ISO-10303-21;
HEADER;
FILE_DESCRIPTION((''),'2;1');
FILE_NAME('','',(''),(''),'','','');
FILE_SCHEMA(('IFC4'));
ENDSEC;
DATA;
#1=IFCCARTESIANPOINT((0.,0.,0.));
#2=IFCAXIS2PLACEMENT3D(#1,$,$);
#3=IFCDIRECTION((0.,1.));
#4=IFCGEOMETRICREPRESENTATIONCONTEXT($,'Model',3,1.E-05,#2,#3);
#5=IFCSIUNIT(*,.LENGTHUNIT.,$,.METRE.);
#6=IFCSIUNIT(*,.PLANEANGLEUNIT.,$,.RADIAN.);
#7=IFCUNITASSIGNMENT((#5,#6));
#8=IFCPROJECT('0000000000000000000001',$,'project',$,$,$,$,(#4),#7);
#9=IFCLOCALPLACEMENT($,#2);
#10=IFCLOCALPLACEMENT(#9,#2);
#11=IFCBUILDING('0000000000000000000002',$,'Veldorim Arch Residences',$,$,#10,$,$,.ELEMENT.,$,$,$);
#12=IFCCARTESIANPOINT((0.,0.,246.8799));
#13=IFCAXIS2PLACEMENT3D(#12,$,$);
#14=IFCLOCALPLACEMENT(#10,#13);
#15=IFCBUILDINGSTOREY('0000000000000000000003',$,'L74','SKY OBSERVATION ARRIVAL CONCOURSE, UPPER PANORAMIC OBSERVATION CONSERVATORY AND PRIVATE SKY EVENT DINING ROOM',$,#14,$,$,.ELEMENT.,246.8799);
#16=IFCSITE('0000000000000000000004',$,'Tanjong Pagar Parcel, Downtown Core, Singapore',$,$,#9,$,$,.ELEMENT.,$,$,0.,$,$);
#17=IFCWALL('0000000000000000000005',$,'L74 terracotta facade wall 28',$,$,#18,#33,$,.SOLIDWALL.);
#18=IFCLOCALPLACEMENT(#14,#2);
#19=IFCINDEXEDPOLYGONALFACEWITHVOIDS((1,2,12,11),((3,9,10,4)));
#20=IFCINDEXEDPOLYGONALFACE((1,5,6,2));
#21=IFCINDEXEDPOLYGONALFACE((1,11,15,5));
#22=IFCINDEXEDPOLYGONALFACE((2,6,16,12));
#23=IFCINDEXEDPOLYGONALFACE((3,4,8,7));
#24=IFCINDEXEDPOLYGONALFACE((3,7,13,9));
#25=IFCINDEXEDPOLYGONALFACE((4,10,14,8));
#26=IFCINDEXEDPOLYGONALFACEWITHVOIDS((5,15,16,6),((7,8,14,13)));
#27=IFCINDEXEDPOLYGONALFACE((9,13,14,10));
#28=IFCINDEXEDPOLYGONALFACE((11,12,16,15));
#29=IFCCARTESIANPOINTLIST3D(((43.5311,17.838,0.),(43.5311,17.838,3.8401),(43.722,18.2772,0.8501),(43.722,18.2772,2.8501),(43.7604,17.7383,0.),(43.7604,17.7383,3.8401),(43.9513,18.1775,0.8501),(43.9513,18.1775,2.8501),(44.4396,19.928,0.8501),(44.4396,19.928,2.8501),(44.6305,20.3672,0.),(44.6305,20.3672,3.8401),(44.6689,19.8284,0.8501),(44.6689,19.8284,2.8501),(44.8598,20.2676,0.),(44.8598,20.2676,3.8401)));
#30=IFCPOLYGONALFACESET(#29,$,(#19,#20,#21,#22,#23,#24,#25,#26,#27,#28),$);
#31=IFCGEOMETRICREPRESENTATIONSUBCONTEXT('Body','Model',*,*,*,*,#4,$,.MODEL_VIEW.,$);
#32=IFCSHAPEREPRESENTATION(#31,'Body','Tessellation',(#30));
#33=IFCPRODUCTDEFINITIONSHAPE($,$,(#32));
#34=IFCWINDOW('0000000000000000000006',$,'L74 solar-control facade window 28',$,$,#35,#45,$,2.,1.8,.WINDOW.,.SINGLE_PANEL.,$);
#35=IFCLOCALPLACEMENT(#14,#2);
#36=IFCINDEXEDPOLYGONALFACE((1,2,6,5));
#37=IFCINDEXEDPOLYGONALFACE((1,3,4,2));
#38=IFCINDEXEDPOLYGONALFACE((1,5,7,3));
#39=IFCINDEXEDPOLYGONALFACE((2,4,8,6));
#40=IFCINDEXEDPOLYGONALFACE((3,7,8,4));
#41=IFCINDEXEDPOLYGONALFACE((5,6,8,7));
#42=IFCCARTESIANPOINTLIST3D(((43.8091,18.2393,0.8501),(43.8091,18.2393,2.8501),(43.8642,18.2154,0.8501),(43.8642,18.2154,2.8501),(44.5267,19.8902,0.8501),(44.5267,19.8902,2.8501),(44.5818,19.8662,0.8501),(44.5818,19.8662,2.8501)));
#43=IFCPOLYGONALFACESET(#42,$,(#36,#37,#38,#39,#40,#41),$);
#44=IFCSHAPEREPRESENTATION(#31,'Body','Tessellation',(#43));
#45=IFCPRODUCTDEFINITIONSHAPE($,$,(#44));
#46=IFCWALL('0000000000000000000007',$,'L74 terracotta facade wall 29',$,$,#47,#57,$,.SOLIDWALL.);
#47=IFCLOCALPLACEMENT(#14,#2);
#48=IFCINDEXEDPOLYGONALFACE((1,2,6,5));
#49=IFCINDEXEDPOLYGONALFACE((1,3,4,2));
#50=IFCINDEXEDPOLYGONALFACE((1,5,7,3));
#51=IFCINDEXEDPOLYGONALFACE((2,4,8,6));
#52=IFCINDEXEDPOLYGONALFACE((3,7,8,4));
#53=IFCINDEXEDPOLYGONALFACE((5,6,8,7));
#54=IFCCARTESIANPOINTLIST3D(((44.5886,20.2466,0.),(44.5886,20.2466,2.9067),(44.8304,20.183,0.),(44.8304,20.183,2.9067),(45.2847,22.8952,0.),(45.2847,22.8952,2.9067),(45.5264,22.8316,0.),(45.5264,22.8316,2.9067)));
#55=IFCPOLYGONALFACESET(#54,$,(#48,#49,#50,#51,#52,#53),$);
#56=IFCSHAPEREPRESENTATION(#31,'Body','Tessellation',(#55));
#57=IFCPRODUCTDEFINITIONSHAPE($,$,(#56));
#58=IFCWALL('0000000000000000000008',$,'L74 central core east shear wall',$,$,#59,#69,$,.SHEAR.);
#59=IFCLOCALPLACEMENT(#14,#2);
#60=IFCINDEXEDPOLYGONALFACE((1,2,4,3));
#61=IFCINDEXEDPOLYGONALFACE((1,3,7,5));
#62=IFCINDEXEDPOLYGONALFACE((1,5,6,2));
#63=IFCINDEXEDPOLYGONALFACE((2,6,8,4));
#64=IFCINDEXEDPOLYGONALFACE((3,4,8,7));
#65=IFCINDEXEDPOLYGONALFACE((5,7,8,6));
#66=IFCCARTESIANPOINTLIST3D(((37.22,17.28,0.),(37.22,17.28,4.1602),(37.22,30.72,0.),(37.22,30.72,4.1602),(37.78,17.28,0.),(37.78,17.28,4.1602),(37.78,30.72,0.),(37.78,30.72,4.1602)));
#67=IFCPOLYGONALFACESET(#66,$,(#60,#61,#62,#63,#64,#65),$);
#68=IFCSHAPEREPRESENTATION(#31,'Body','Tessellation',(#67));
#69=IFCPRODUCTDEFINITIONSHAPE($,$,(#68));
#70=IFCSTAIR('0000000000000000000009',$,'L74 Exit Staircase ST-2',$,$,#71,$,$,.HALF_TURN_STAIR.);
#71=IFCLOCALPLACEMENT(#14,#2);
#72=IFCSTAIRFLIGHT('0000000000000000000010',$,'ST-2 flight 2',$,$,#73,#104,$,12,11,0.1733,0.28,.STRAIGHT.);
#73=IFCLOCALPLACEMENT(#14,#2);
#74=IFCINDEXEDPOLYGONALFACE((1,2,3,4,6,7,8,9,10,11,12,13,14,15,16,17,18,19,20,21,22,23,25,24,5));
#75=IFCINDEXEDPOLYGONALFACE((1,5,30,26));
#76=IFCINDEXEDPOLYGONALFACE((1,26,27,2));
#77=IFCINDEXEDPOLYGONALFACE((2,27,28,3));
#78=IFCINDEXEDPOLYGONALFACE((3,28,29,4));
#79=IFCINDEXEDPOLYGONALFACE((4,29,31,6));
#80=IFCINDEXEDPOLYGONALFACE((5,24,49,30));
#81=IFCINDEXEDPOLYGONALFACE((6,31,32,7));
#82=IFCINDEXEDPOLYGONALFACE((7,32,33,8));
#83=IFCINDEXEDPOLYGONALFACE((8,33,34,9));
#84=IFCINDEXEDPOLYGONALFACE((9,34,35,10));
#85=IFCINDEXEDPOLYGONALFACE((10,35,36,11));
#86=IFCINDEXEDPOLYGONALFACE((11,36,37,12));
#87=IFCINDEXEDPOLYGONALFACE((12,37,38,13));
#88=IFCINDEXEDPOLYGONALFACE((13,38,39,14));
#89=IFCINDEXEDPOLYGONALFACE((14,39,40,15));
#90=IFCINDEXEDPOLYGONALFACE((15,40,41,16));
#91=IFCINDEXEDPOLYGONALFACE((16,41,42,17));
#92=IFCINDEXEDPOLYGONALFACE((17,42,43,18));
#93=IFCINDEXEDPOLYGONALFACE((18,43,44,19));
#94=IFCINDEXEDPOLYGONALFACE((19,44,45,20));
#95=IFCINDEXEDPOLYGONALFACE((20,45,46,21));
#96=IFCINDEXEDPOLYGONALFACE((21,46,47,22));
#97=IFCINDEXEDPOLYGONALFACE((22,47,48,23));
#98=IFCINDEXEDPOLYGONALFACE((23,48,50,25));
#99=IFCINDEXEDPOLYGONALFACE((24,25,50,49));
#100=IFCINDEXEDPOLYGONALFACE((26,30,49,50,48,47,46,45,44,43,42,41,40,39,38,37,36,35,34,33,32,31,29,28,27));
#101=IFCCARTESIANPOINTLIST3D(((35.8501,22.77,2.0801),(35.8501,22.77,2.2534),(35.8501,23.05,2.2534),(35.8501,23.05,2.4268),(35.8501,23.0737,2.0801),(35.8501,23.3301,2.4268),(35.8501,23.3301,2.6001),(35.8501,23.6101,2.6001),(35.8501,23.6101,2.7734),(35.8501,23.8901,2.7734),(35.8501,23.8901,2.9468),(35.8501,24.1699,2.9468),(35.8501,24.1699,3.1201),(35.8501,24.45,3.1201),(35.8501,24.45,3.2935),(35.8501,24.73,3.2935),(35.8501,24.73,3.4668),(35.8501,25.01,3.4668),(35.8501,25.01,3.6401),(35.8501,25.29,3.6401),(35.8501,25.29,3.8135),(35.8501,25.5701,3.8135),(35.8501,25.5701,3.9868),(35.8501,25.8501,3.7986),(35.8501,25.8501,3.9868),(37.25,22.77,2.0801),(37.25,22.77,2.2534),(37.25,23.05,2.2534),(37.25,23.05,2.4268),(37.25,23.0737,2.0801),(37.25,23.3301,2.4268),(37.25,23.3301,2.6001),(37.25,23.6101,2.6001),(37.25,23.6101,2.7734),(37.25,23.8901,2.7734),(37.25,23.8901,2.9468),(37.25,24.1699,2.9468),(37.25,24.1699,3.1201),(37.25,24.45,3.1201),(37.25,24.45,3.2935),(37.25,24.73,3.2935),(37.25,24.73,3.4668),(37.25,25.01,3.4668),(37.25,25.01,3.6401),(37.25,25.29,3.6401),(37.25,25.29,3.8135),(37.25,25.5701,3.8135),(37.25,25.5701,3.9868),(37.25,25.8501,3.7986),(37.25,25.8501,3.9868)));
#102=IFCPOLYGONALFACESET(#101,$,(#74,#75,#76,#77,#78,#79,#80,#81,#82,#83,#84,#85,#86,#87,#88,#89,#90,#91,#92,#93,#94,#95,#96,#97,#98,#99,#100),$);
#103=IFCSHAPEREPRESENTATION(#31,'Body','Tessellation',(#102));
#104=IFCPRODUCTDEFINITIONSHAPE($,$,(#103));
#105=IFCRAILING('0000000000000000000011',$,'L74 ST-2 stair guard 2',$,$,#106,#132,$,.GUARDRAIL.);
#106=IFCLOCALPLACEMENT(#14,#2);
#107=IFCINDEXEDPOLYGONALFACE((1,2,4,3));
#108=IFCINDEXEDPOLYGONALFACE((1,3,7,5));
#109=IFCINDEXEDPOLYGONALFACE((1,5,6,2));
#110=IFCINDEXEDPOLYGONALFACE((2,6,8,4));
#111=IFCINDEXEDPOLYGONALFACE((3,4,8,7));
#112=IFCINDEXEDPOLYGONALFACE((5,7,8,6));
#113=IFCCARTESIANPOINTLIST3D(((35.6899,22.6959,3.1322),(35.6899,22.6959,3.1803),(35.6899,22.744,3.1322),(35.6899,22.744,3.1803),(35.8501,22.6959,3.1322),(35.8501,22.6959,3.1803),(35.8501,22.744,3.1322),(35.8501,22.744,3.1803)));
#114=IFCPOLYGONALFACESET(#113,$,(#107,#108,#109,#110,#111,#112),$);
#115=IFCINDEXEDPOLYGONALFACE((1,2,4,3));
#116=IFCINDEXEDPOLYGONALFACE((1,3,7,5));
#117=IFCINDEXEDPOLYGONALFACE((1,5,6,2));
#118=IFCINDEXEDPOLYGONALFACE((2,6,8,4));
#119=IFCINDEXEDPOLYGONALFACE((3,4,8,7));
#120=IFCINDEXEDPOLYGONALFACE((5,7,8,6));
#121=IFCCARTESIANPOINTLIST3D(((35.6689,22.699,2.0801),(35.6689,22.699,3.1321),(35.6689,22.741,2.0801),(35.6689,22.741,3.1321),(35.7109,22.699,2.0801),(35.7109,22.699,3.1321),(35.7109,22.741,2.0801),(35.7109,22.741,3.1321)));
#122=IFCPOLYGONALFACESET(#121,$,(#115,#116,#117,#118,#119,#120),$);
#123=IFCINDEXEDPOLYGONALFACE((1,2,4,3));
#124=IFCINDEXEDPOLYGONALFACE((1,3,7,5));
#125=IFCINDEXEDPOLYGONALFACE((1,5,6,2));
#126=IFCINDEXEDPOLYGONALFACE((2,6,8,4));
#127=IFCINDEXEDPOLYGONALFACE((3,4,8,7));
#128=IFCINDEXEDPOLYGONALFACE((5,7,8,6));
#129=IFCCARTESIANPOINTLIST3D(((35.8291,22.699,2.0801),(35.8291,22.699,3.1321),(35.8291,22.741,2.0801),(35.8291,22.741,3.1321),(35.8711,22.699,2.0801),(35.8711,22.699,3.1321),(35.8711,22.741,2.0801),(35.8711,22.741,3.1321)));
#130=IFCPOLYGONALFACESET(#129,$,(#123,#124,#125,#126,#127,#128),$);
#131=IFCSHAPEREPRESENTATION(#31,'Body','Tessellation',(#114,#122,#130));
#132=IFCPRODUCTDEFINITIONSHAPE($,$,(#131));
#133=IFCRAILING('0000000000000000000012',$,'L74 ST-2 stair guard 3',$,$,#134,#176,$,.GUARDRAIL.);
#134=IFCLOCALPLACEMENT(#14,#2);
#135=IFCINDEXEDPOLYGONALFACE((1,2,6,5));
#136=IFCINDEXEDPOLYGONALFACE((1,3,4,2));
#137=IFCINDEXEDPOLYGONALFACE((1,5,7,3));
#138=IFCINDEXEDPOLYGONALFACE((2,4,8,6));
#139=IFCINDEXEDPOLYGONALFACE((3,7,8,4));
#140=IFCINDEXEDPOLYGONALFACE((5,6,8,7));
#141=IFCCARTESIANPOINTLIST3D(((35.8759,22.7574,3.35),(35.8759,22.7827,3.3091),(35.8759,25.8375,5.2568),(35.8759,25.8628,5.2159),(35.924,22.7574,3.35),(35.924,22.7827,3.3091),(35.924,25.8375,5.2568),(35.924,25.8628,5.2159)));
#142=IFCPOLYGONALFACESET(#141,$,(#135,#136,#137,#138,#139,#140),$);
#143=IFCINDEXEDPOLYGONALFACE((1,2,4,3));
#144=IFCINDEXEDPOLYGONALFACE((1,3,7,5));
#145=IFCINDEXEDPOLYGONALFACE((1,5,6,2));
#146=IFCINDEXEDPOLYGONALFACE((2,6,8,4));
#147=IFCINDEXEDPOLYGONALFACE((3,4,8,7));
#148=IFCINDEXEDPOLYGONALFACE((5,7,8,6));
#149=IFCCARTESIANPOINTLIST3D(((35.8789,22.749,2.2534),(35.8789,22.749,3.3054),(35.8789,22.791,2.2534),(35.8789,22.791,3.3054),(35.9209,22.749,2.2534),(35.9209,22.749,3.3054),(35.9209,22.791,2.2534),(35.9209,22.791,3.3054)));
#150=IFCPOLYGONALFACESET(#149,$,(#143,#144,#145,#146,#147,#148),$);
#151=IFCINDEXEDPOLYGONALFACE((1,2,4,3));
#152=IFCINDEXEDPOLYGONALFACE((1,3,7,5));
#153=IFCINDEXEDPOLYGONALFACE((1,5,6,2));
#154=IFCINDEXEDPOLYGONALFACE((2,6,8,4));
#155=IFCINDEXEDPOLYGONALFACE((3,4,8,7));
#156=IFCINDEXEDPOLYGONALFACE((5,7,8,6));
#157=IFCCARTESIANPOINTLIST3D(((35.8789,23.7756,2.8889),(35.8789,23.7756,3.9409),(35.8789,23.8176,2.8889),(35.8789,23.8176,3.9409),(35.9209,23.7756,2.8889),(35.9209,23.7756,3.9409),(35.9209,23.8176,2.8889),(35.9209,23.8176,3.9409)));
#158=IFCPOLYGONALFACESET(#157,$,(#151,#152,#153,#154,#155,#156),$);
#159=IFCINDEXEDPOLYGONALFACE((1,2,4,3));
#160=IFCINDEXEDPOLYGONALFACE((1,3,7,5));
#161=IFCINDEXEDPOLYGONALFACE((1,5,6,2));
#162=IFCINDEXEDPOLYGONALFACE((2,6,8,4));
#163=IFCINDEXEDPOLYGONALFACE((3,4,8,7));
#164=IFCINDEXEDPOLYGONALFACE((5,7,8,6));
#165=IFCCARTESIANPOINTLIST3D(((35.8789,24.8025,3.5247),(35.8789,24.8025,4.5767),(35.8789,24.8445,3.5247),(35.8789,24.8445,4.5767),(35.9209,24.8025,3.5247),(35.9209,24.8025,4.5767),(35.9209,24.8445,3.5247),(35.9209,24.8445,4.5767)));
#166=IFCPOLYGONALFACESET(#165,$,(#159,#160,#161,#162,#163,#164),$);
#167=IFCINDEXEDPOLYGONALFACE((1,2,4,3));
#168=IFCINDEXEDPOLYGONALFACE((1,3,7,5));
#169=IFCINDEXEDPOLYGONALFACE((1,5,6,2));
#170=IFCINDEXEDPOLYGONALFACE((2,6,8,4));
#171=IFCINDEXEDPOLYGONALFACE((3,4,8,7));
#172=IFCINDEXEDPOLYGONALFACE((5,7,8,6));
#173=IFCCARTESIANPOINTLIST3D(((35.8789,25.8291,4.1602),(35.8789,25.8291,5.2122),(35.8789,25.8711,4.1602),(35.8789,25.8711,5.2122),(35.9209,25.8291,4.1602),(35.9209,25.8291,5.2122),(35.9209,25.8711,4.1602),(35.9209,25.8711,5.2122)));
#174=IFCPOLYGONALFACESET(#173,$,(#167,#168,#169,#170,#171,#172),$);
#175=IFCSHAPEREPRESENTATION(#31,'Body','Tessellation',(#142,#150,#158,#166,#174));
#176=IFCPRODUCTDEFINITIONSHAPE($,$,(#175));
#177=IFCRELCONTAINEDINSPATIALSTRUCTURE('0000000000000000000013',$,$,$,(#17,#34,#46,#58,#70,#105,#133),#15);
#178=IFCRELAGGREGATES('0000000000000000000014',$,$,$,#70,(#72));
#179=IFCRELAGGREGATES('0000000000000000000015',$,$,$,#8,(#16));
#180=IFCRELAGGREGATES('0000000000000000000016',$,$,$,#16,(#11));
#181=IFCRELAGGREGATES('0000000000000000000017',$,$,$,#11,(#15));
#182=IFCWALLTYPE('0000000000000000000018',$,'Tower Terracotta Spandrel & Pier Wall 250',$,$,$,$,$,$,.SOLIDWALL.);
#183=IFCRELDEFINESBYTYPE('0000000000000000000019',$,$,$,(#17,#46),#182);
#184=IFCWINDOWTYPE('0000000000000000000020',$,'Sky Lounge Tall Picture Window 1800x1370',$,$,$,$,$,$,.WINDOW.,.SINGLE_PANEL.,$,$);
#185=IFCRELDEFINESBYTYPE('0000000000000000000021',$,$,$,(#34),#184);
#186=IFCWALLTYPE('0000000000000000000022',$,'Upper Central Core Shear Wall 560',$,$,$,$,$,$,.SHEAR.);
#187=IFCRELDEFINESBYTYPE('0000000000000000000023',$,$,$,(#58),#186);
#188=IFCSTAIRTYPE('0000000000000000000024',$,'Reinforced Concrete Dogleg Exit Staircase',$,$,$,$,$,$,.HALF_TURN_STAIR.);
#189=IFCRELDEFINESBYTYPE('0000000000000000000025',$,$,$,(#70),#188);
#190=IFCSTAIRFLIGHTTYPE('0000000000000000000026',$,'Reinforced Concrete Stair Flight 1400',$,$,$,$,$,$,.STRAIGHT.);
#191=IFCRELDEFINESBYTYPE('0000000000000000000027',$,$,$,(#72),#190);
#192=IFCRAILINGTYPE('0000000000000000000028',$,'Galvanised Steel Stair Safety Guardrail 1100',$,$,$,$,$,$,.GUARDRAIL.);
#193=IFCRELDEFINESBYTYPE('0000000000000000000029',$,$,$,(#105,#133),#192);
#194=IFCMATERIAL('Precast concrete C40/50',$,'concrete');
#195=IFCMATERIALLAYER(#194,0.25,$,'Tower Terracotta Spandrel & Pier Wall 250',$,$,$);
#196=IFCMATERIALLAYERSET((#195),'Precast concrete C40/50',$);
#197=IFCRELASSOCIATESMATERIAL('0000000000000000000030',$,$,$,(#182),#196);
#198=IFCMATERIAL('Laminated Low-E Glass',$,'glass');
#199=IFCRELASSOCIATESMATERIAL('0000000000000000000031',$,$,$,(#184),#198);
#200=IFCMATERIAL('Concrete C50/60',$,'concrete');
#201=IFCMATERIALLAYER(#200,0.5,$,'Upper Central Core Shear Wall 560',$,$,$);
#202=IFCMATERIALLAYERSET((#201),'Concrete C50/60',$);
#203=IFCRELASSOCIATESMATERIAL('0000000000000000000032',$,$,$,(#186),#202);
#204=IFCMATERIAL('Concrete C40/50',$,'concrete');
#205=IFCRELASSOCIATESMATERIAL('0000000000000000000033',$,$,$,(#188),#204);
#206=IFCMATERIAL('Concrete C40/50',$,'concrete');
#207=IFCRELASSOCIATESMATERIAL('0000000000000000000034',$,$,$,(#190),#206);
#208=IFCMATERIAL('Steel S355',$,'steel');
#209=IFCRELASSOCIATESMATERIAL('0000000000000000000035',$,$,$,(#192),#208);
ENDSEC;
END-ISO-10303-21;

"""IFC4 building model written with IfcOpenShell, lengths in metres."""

from ifc_helpers import new_model, si_unit, direction, frame, frame_2d, origin, origin_2d, place, context, subcontext, project, spatial, polyline, rectangle, outline, extrude, material, layer, layer_set, type_object, element, fill, aggregate, save


model = new_model("IFC4")

# Units and contexts
model_context = context("Model", 3, precision=1e-05, world=origin(), true_north=direction((0.0, 1.0)))
body_context = subcontext(model_context, "Body", "Model", "MODEL_VIEW")
ifc_project = project(units=[si_unit("LENGTHUNIT", "METRE"), si_unit("PLANEANGLEUNIT", "RADIAN")], contexts=[model_context])

# Site, building, storey
site_placement = place(None, origin())
site = spatial("IfcSite", under=ifc_project, at=site_placement, Name="Tanjong Pagar Parcel, Downtown Core, Singapore", CompositionType="ELEMENT", RefElevation=0.0)
building_placement = place(site_placement, origin())
building = spatial("IfcBuilding", under=site, at=building_placement, Name="Veldorim Arch Residences", CompositionType="ELEMENT")
storey_placement = place(building_placement, frame((0.0, 0.0, 246.8799)))
storey = spatial("IfcBuildingStorey", under=building, at=storey_placement, Name="L74", Description="SKY OBSERVATION ARRIVAL CONCOURSE, UPPER PANORAMIC OBSERVATION CONSERVATORY AND PRIVATE SKY EVENT DINING ROOM", CompositionType="ELEMENT", Elevation=246.8799)

# Wall, opening, window
ifc_material_1 = material(Name="Precast concrete C40/50", Category="concrete")
ifc_layer_1 = layer(ifc_material_1, 0.25, Name="Tower Terracotta Spandrel & Pier Wall 250")
ifc_layer_set_1 = layer_set([ifc_layer_1], Name="Precast concrete C40/50")
wall_type_1 = type_object("IfcWallType", Name="Tower Terracotta Spandrel & Pier Wall 250", PredefinedType="SOLIDWALL", material=ifc_layer_set_1)
wall_1_placement = place(storey_placement, frame((44.7451, 20.3174, 0.0), z_axis=(0.0, 0.0, 1.0), x_axis=(-0.398626, -0.917114, 0.0)))
wall_1 = element("IfcWall", 1, at=wall_1_placement, inside=storey, type_object=wall_type_1, Name="L74 terracotta facade wall 28", PredefinedType="SOLIDWALL", context=body_context, shape_type="SweptSolid", body=[
    extrude(rectangle(XDim=2.7578, YDim=0.25, at=frame_2d((1.3789, 0.0))), origin(), (0.0, 0.0, 1.0), 3.8401),
])
opening_1_placement = place(wall_1_placement, frame((0.479, 0.0, 0.8501)))
opening_1 = element("IfcOpeningElement", 2, at=opening_1_placement, cuts=wall_1, PredefinedType="OPENING", context=body_context, shape_type="SweptSolid", body=[
    extrude(rectangle(XDim=1.8, YDim=2.0, at=frame_2d((0.8999, 1.0))), frame((0.0, 0.135, 0.0), z_axis=(0.0, -1.0, 0.0), x_axis=(1.0, 0.0, 0.0)), (0.0, 0.0, 1.0), 0.27),
])
ifc_material_2 = material(Name="Laminated Low-E Glass", Category="glass")
window_type_1 = type_object("IfcWindowType", Name="Sky Lounge Tall Picture Window 1800x1370", PartitioningType="SINGLE_PANEL", PredefinedType="WINDOW", material=ifc_material_2)
window_1_placement = place(opening_1_placement, origin())
window_1 = element("IfcWindow", 3, at=window_1_placement, inside=storey, type_object=window_type_1, Name="L74 solar-control facade window 28", OverallHeight=2.0, OverallWidth=1.8, PartitioningType="SINGLE_PANEL", PredefinedType="WINDOW", context=body_context, shape_type="SweptSolid", body=[
    extrude(rectangle(XDim=1.8, YDim=2.0, at=frame_2d((0.8999, 1.0))), frame((0.0, 0.03, 0.0), z_axis=(0.0, -1.0, 0.0), x_axis=(1.0, 0.0, 0.0)), (0.0, 0.0, 1.0), 0.0601),
])
fill(opening_1, window_1)

# Walls
wall_2_placement = place(storey_placement, frame((45.4055, 22.8633, 0.0), z_axis=(0.0, 0.0, 1.0), x_axis=(-0.25416, -0.967162, 0.0)))
element("IfcWall", 4, at=wall_2_placement, inside=storey, type_object=wall_type_1, Name="L74 terracotta facade wall 29", PredefinedType="SOLIDWALL", context=body_context, shape_type="SweptSolid", body=[
    extrude(rectangle(XDim=2.7385, YDim=0.25, at=frame_2d((1.3691, 0.0))), origin(), (0.0, 0.0, 1.0), 2.9067),
])
ifc_material_3 = material(Name="Concrete C50/60", Category="concrete")
ifc_layer_2 = layer(ifc_material_3, 0.5, Name="Upper Central Core Shear Wall 560")
ifc_layer_set_2 = layer_set([ifc_layer_2], Name="Concrete C50/60")
wall_type_2 = type_object("IfcWallType", Name="Upper Central Core Shear Wall 560", PredefinedType="SHEAR", material=ifc_layer_set_2)
wall_3_placement = place(storey_placement, frame((37.5, 17.28, 0.0), z_axis=(0.0, 0.0, 1.0), x_axis=(0.0, 1.0, 0.0)))
element("IfcWall", 5, at=wall_3_placement, inside=storey, type_object=wall_type_2, Name="L74 central core east shear wall", PredefinedType="SHEAR", context=body_context, shape_type="SweptSolid", body=[
    extrude(rectangle(XDim=13.4399, YDim=0.5601, at=frame_2d((6.72, 0.0))), origin(), (0.0, 0.0, 1.0), 4.1602),
])

# Stair, stair flight
ifc_material_4 = material(Name="Concrete C40/50", Category="concrete")
stair_type = type_object("IfcStairType", Name="Reinforced Concrete Dogleg Exit Staircase", PredefinedType="HALF_TURN_STAIR", material=ifc_material_4)
stair_placement = place(storey_placement, origin())
stair = element("IfcStair", 6, at=stair_placement, inside=storey, type_object=stair_type, Name="L74 Exit Staircase ST-2", PredefinedType="HALF_TURN_STAIR")
ifc_material_5 = material(Name="Concrete C40/50", Category="concrete")
stair_flight_type = type_object("IfcStairFlightType", Name="Reinforced Concrete Stair Flight 1400", PredefinedType="STRAIGHT", material=ifc_material_5)
stair_flight_placement = place(storey_placement, frame((36.55, 22.77, 2.0801), z_axis=(0.0, 0.0, 1.0), x_axis=(0.0, 1.0, 0.0)))
stair_flight = element("IfcStairFlight", 7, at=stair_flight_placement, type_object=stair_flight_type, Name="ST-2 flight 2", NumberOfRisers=12, NumberOfTreads=11, PredefinedType="STRAIGHT", RiserHeight=0.1733, TreadLength=0.28, context=body_context, shape_type="SweptSolid", body=[
    extrude(outline(polyline([(0.0, 0.0), (0.0, 0.1733), (0.28, 0.1733), (0.28, 0.3467), (0.5601, 0.3467), (0.5601, 0.52), (0.8401, 0.52), (0.8401, 0.6934), (1.1201, 0.6934), (1.1201, 0.8667), (1.3999, 0.8667), (1.3999, 1.04), (1.6799, 1.04), (1.6799, 1.2134), (1.96, 1.2134), (1.96, 1.3867), (2.24, 1.3867), (2.24, 1.5601), (2.52, 1.5601), (2.52, 1.7334), (2.8, 1.7334), (2.8, 1.9067), (3.0801, 1.9067), (3.0801, 2.0801), (3.0801, 1.7185), (0.3037, 0.0), (0.0, 0.0)])), frame((0.0, 0.7, 0.0), z_axis=(0.0, -1.0, 0.0), x_axis=(1.0, 0.0, 0.0)), (0.0, 0.0, 1.0), 1.3999),
])
aggregate(stair, [stair_flight])

# Railings
ifc_material_6 = material(Name="Steel S355", Category="steel")
railing_type_1 = type_object("IfcRailingType", Name="Galvanised Steel Stair Safety Guardrail 1100", PredefinedType="GUARDRAIL", material=ifc_material_6)
railing_1_placement = place(storey_placement, frame((35.6899, 22.72, 2.0801)))
element("IfcRailing", 8, at=railing_1_placement, inside=storey, type_object=railing_type_1, Name="L74 ST-2 stair guard 2", PredefinedType="GUARDRAIL", context=body_context, shape_type="SweptSolid", body=[
    extrude(rectangle(XDim=0.0481, YDim=0.0481, at=origin_2d()), frame((0.0, 0.0, 1.0762), z_axis=(1.0, 0.0, 0.0), x_axis=(0.0, 1.0, 0.0)), (0.0, 0.0, 1.0), 0.1602),
    extrude(rectangle(XDim=0.042, YDim=0.042, at=origin_2d()), origin(), (0.0, 0.0, 1.0), 1.052),
    extrude(rectangle(XDim=0.042, YDim=0.042, at=origin_2d()), frame((0.1602, 0.0, 0.0)), (0.0, 0.0, 1.0), 1.052),
])
railing_2_placement = place(storey_placement, frame((35.8999, 22.77, 2.2534)))
element("IfcRailing", 9, at=railing_2_placement, inside=storey, type_object=railing_type_1, Name="L74 ST-2 stair guard 3", PredefinedType="GUARDRAIL", context=body_context, shape_type="SweptSolid", body=[
    extrude(rectangle(XDim=0.0481, YDim=0.0481, at=origin_2d()), frame((0.0, 0.0, 1.0762), z_axis=(0.0, 0.850262, 0.526359), x_axis=(-1.0, 0.0, 0.0)), (0.0, 0.0, 1.0), 3.6226),
    extrude(rectangle(XDim=0.042, YDim=0.042, at=origin_2d()), origin(), (0.0, 0.0, 1.0), 1.052),
    extrude(rectangle(XDim=0.042, YDim=0.042, at=origin_2d()), frame((0.0, 1.0266, 0.6355)), (0.0, 0.0, 1.0), 1.052),
    extrude(rectangle(XDim=0.042, YDim=0.042, at=origin_2d()), frame((0.0, 2.0535, 1.2712)), (0.0, 0.0, 1.0), 1.052),
    extrude(rectangle(XDim=0.042, YDim=0.042, at=origin_2d()), frame((0.0, 3.0801, 1.9067)), (0.0, 0.0, 1.0), 1.052),
])

save(model, "model.ifc")
